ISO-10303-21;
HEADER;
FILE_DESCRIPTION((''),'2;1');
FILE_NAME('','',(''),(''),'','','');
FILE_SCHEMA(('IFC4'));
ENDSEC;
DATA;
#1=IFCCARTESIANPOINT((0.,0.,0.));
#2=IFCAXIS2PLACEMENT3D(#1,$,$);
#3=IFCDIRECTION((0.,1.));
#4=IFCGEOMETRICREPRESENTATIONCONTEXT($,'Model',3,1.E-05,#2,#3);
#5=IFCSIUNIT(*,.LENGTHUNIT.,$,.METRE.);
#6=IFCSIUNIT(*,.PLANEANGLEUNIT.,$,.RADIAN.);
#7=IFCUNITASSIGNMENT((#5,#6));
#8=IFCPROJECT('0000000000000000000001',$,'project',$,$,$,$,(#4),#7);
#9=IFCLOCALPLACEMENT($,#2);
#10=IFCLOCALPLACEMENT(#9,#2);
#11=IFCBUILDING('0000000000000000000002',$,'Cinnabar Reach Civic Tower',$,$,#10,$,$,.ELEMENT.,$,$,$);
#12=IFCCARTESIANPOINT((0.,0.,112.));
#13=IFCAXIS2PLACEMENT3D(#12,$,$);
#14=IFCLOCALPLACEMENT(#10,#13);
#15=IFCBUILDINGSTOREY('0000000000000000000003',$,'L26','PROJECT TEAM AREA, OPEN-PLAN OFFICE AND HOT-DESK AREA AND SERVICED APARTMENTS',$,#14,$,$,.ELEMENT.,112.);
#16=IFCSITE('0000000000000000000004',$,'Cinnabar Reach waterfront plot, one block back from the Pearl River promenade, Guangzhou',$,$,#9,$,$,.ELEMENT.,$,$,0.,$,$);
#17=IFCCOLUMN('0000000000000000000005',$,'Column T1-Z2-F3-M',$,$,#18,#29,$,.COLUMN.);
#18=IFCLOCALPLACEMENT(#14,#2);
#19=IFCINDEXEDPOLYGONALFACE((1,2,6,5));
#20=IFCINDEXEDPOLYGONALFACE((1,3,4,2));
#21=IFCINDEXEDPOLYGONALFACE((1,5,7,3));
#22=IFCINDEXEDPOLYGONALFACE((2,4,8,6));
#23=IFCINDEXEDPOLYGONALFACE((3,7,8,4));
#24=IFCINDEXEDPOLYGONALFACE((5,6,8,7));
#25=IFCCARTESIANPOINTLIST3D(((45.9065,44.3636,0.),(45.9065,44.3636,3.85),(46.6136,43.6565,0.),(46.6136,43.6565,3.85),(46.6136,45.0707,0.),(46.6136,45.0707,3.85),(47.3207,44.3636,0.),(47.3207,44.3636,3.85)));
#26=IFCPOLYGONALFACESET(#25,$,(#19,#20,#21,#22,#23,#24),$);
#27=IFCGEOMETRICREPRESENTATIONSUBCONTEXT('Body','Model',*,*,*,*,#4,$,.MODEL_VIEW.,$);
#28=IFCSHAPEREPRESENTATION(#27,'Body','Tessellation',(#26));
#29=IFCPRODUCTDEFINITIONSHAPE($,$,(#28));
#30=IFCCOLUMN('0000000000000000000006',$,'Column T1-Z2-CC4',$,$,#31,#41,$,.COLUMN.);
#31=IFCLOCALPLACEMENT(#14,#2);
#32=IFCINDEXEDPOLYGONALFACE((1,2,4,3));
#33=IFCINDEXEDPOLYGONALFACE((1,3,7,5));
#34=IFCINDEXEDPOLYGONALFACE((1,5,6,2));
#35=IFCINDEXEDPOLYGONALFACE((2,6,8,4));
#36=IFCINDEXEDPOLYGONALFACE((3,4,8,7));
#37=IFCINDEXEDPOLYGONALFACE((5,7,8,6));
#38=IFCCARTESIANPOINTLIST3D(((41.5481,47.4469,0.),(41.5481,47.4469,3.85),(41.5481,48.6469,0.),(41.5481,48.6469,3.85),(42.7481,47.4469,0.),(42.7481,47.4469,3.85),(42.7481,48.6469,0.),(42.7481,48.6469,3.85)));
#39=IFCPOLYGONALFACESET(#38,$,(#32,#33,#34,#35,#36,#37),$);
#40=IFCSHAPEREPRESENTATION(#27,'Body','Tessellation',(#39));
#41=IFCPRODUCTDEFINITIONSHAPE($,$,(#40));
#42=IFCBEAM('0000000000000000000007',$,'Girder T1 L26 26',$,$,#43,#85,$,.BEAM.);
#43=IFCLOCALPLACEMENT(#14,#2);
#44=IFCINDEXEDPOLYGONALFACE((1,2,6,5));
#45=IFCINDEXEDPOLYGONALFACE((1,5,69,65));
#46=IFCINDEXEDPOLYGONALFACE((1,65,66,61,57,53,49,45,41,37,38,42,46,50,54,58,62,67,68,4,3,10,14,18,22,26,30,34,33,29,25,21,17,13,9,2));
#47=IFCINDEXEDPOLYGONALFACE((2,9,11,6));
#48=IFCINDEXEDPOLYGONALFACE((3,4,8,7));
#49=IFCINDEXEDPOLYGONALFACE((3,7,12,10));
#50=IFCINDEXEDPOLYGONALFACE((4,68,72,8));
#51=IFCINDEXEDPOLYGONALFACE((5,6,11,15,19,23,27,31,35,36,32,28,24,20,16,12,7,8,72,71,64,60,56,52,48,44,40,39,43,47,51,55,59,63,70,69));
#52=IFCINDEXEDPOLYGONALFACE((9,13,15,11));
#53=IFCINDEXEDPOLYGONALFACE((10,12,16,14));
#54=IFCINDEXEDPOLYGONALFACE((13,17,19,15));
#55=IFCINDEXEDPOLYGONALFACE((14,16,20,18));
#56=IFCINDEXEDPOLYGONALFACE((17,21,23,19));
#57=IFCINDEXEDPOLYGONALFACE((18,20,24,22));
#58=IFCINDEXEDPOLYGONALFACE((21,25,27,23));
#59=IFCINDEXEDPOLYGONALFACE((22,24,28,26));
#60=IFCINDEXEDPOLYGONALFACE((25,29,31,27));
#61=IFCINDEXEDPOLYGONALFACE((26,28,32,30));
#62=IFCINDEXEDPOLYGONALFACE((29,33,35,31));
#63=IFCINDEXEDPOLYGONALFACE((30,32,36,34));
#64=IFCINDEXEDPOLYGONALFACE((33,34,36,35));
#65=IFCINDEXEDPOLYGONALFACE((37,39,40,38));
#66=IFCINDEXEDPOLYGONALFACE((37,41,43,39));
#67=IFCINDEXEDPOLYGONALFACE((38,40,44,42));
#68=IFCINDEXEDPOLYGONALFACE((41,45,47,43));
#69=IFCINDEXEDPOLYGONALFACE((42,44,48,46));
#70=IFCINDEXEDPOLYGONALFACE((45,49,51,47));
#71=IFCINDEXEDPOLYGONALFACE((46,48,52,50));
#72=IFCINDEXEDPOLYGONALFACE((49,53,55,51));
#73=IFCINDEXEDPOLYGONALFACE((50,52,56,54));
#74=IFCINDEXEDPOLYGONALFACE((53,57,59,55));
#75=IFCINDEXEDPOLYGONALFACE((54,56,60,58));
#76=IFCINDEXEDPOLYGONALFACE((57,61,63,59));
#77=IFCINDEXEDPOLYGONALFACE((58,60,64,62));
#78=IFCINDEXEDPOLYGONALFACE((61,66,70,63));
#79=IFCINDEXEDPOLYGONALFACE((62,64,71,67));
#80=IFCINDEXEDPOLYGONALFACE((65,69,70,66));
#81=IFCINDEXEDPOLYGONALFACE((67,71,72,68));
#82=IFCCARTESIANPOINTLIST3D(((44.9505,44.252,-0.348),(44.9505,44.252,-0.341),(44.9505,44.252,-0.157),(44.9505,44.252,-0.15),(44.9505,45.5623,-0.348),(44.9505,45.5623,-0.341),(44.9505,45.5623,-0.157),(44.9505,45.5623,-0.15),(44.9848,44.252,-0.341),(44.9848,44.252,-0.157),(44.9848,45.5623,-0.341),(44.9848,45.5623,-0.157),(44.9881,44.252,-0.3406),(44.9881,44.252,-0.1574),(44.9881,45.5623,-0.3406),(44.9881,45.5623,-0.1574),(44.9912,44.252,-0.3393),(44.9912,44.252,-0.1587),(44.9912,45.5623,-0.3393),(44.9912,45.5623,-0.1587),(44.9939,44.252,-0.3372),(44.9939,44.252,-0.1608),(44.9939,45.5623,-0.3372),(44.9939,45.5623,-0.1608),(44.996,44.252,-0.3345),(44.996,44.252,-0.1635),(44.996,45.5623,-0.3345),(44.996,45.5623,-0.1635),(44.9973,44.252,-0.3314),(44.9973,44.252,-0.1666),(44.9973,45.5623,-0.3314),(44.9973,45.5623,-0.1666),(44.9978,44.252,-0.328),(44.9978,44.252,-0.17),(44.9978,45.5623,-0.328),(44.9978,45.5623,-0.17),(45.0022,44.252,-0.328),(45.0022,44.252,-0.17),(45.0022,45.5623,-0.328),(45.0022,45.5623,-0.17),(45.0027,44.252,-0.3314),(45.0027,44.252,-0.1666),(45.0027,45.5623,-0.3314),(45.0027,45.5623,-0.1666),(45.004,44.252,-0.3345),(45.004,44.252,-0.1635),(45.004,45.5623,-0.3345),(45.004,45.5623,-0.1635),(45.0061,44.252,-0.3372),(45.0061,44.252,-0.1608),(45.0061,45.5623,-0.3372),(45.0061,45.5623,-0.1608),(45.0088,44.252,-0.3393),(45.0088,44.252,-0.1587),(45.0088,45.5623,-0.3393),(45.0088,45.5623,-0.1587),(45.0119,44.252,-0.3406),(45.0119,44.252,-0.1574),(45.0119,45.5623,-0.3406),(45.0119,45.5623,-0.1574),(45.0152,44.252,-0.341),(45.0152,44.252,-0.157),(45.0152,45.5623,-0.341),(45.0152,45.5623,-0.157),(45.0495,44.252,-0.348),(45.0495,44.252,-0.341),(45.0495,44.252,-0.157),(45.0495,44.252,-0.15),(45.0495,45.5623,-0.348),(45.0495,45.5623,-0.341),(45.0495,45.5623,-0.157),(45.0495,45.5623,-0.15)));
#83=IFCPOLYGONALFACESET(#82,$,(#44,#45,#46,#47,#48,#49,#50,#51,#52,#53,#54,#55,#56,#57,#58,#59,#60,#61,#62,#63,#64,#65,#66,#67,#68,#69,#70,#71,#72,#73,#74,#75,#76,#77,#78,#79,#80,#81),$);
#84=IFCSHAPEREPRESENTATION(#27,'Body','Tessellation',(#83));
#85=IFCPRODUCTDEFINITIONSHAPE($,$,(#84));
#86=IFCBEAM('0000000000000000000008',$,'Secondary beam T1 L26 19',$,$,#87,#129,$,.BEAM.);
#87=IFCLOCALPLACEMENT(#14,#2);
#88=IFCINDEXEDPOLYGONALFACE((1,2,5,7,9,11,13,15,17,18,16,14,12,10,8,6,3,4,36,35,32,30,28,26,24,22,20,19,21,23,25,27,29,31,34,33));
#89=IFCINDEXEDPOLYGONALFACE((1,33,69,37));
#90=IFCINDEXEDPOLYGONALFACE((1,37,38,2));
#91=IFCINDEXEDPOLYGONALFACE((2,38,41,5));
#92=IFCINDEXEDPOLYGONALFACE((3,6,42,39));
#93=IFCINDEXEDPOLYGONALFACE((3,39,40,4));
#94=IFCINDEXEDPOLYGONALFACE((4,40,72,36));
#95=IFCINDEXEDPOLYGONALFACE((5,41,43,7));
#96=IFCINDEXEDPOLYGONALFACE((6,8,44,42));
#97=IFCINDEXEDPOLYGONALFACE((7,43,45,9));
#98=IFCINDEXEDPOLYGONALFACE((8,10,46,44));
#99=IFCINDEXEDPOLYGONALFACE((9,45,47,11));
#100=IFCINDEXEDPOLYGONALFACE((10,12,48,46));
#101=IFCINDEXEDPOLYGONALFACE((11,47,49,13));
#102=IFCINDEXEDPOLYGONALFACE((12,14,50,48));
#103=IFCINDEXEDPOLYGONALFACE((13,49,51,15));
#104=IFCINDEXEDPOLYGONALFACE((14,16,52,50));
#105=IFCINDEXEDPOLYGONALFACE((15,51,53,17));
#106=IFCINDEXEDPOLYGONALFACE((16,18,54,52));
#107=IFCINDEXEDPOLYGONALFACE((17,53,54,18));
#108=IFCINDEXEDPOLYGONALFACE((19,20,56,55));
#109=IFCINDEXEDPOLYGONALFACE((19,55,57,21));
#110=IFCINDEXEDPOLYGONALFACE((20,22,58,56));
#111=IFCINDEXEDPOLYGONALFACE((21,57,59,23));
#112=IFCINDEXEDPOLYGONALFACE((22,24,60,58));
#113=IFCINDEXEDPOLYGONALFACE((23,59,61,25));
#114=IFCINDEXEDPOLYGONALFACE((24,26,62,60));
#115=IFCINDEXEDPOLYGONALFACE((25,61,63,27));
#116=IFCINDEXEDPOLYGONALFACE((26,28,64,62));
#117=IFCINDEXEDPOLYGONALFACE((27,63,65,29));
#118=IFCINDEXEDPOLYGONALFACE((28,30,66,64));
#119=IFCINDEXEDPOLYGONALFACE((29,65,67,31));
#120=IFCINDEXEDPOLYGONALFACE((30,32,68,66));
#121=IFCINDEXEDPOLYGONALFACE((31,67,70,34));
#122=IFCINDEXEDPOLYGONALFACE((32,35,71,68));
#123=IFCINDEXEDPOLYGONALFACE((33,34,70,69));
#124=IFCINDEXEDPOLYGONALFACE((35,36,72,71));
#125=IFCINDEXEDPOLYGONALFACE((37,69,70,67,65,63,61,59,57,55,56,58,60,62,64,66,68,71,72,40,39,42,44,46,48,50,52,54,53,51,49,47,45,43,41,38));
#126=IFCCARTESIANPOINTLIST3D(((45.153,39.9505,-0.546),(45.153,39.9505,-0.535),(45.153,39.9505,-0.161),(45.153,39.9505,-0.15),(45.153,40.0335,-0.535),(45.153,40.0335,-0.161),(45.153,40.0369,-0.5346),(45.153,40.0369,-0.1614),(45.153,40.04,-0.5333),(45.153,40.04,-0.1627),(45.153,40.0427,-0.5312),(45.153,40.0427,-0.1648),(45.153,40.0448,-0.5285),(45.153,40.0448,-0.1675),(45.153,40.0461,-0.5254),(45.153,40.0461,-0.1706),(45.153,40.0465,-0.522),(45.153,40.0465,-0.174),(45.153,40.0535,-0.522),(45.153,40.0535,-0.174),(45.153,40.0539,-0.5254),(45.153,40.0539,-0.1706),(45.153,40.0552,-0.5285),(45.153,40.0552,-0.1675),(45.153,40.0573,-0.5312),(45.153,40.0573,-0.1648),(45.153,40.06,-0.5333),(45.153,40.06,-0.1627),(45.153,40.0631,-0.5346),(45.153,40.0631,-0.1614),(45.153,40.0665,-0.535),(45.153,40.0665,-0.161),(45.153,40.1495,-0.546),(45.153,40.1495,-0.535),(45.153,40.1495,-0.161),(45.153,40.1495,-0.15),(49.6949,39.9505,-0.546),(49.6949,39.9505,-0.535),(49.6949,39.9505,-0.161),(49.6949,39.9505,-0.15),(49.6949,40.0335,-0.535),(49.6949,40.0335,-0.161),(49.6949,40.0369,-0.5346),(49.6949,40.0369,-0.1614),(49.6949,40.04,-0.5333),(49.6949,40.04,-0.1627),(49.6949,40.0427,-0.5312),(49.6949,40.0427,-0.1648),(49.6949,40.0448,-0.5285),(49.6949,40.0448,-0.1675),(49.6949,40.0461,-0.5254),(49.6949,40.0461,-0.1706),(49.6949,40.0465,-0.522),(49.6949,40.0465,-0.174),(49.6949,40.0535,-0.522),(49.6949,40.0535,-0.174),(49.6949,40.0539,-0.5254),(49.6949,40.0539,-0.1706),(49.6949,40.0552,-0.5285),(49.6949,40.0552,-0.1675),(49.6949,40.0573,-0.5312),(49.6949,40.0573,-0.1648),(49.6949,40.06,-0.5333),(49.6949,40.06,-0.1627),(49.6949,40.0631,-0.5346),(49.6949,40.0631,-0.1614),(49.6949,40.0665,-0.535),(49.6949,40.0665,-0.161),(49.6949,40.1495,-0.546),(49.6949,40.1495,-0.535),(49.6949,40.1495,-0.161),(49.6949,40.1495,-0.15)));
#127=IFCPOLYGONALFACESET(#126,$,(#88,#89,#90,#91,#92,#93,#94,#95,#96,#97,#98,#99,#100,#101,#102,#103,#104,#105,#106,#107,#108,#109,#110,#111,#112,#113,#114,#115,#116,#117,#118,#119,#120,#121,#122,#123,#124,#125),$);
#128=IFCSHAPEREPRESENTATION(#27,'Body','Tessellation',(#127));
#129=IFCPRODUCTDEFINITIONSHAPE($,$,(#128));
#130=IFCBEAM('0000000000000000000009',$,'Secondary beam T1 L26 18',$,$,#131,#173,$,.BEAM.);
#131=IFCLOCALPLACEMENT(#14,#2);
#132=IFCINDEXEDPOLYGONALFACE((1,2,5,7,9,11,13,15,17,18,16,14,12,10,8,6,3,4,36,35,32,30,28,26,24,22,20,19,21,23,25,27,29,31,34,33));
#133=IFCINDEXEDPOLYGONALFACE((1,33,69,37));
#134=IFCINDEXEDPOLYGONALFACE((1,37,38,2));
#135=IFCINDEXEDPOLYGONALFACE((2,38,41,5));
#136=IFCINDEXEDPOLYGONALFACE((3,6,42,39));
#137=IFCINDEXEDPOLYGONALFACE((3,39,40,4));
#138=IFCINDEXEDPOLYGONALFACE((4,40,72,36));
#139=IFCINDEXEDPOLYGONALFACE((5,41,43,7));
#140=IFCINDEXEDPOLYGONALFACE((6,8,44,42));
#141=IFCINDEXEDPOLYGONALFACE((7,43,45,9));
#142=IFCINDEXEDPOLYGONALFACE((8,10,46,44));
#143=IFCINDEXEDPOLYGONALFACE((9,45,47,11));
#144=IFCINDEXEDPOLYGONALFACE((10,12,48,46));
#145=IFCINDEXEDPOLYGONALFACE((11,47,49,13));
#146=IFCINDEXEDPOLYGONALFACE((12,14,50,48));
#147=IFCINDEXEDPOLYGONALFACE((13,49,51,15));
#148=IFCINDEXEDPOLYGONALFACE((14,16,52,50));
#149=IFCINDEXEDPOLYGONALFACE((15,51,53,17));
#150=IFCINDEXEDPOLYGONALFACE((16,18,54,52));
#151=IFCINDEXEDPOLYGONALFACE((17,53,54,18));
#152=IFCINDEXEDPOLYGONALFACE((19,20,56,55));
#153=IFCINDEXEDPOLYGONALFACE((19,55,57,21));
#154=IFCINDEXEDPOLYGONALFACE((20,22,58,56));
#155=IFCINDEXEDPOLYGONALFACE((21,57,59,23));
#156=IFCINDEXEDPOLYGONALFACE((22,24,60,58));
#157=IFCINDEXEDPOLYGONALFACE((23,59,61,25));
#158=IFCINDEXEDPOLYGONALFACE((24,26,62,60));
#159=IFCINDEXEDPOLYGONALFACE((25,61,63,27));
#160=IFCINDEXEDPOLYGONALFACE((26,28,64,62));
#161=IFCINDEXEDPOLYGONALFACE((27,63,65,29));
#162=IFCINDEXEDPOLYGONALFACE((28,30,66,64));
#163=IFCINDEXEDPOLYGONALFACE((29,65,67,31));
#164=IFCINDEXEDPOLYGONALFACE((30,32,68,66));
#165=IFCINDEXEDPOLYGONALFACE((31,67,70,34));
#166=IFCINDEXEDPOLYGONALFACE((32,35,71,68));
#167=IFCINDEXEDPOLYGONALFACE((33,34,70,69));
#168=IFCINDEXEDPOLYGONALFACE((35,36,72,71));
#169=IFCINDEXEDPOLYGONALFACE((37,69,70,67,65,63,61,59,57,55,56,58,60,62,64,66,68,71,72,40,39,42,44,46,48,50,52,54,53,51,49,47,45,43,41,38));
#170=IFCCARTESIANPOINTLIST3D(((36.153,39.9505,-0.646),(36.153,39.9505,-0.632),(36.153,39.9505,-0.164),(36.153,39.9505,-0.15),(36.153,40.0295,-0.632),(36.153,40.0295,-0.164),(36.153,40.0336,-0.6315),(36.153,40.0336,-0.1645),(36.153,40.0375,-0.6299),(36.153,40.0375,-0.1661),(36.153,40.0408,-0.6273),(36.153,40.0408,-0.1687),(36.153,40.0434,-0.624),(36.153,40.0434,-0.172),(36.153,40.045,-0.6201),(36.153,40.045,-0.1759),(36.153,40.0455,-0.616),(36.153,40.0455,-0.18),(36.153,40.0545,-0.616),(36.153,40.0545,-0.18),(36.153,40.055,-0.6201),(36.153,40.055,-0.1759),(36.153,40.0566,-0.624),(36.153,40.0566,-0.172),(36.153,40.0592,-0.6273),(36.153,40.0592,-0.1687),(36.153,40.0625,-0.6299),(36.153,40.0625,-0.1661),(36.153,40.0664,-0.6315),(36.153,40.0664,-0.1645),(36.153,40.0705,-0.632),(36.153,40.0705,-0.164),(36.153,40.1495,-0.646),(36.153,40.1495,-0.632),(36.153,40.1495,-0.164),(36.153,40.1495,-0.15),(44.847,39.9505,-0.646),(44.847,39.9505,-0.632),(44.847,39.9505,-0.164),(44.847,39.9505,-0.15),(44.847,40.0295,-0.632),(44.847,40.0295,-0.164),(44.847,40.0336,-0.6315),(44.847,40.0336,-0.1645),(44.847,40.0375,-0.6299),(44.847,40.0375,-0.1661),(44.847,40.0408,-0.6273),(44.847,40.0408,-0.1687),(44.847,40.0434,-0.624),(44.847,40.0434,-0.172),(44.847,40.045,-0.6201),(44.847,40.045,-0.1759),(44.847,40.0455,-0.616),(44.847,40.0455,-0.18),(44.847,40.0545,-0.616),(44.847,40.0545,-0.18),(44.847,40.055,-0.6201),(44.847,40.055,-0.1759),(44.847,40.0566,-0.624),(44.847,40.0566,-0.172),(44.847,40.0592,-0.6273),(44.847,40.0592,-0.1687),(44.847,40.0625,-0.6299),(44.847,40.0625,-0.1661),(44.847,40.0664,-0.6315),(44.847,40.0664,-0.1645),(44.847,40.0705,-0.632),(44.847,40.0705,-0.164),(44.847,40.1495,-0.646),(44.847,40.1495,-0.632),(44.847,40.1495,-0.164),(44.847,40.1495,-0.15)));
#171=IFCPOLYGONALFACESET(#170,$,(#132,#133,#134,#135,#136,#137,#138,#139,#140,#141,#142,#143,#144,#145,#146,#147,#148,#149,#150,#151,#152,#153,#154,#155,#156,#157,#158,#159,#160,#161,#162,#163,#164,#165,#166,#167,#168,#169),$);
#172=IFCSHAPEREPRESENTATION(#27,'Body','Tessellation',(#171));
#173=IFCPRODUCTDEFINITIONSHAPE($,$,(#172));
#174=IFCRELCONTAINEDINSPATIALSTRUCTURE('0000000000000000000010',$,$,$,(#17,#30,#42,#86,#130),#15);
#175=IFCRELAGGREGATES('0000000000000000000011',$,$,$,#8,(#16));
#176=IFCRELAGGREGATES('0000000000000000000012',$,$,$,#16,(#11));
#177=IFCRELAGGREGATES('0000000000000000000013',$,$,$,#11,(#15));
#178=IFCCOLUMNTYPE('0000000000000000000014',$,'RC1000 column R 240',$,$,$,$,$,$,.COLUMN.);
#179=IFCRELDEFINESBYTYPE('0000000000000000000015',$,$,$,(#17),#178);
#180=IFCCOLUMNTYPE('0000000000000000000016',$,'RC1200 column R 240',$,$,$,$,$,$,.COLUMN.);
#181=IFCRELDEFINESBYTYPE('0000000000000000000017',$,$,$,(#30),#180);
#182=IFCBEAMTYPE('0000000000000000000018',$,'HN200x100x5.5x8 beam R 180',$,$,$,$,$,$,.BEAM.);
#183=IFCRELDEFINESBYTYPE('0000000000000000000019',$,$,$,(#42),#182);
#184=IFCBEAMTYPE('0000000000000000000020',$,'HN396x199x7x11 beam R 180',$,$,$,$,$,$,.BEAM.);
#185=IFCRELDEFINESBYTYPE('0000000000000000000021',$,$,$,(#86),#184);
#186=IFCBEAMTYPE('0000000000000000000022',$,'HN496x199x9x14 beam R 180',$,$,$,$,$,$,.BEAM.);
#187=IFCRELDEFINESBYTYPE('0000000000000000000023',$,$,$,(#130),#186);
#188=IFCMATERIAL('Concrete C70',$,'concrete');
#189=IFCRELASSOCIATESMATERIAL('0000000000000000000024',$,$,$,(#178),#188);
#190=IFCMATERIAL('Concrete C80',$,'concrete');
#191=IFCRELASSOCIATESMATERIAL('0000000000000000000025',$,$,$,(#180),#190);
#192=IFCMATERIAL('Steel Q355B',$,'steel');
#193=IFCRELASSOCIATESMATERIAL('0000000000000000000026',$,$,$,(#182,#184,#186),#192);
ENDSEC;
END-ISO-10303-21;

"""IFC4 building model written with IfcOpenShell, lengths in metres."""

from ifc_helpers import new_model, si_unit, direction, frame, origin, origin_2d, place, context, subcontext, project, spatial, rectangle, i_section, extrude, material, material_profile, profile_set, type_object, element, save


model = new_model("IFC4")

# Units and contexts
model_context = context("Model", 3, precision=1e-05, world=origin(), true_north=direction((0.0, 1.0)))
body_context = subcontext(model_context, "Body", "Model", "MODEL_VIEW")
ifc_project = project(units=[si_unit("LENGTHUNIT", "METRE"), si_unit("PLANEANGLEUNIT", "RADIAN")], contexts=[model_context])

# Site, building, storey
site_placement = place(None, origin())
site = spatial("IfcSite", under=ifc_project, at=site_placement, Name="Cinnabar Reach waterfront plot, one block back from the Pearl River promenade, Guangzhou", CompositionType="ELEMENT", RefElevation=0.0)
building_placement = place(site_placement, origin())
building = spatial("IfcBuilding", under=site, at=building_placement, Name="Cinnabar Reach Civic Tower", CompositionType="ELEMENT")
storey_placement = place(building_placement, frame((0.0, 0.0, 112.0)))
storey = spatial("IfcBuildingStorey", under=building, at=storey_placement, Name="L26", Description="PROJECT TEAM AREA, OPEN-PLAN OFFICE AND HOT-DESK AREA AND SERVICED APARTMENTS", CompositionType="ELEMENT", Elevation=112.0)

# Columns
ifc_material_1 = material(Name="Concrete C70", Category="concrete")
ifc_material_profile_1 = material_profile(ifc_material_1, rectangle(XDim=1.0, YDim=1.0, at=origin_2d()), Name="RC1000")
ifc_profile_set_1 = profile_set([ifc_material_profile_1], Name="Concrete C70")
column_type_1 = type_object("IfcColumnType", Name="RC1000 column R 240", PredefinedType="COLUMN", material=ifc_profile_set_1)
column_1_placement = place(storey_placement, frame((46.6136, 44.3636, 0.0), z_axis=(0.0, 0.0, 1.0), x_axis=(0.707107, 0.707107, 0.0)))
element("IfcColumn", 1, at=column_1_placement, inside=storey, type_object=column_type_1, Name="Column T1-Z2-F3-M", PredefinedType="COLUMN", context=body_context, shape_type="SweptSolid", body=[
    extrude(rectangle(XDim=1.0, YDim=1.0, at=origin_2d()), origin(), (0.0, 0.0, 1.0), 3.85),
])
ifc_material_2 = material(Name="Concrete C80", Category="concrete")
ifc_material_profile_2 = material_profile(ifc_material_2, rectangle(XDim=1.2, YDim=1.2, at=origin_2d()), Name="RC1200")
ifc_profile_set_2 = profile_set([ifc_material_profile_2], Name="Concrete C80")
column_type_2 = type_object("IfcColumnType", Name="RC1200 column R 240", PredefinedType="COLUMN", material=ifc_profile_set_2)
column_2_placement = place(storey_placement, frame((42.1481, 48.0469, 0.0), z_axis=(0.0, 0.0, 1.0), x_axis=(1.0, 0.0, 0.0)))
element("IfcColumn", 2, at=column_2_placement, inside=storey, type_object=column_type_2, Name="Column T1-Z2-CC4", PredefinedType="COLUMN", context=body_context, shape_type="SweptSolid", body=[
    extrude(rectangle(XDim=1.2, YDim=1.2, at=origin_2d()), origin(), (0.0, 0.0, 1.0), 3.85),
])

# Beams
ifc_material_3 = material(Name="Steel Q355B", Category="steel")
ifc_material_profile_3 = material_profile(ifc_material_3, i_section(OverallWidth=0.099, OverallDepth=0.198, WebThickness=0.0045, FlangeThickness=0.007, FilletRadius=0.013, at=origin_2d()), Name="HN200x100x5.5x8")
ifc_profile_set_3 = profile_set([ifc_material_profile_3], Name="Steel Q355B")
beam_type_1 = type_object("IfcBeamType", Name="HN200x100x5.5x8 beam R 180", PredefinedType="BEAM", material=ifc_profile_set_3)
beam_1_placement = place(storey_placement, frame((45.0, 44.252, -0.249), z_axis=(0.0, 1.0, 0.0), x_axis=(-1.0, 0.0, 0.0)))
element("IfcBeam", 3, at=beam_1_placement, inside=storey, type_object=beam_type_1, Name="Girder T1 L26 26", PredefinedType="BEAM", context=body_context, shape_type="SweptSolid", body=[
    extrude(i_section(OverallWidth=0.099, OverallDepth=0.198, WebThickness=0.0045, FlangeThickness=0.007, FilletRadius=0.013, at=origin_2d()), origin(), (0.0, 0.0, 1.0), 1.3103),
])
ifc_material_profile_4 = material_profile(ifc_material_3, i_section(OverallWidth=0.199, OverallDepth=0.396, WebThickness=0.007, FlangeThickness=0.011, FilletRadius=0.013, at=origin_2d()), Name="HN396x199x7x11")
ifc_profile_set_4 = profile_set([ifc_material_profile_4], Name="Steel Q355B")
beam_type_2 = type_object("IfcBeamType", Name="HN396x199x7x11 beam R 180", PredefinedType="BEAM", material=ifc_profile_set_4)
beam_2_placement = place(storey_placement, frame((45.153, 40.05, -0.348), z_axis=(1.0, 0.0, 0.0), x_axis=(0.0, 1.0, 0.0)))
element("IfcBeam", 4, at=beam_2_placement, inside=storey, type_object=beam_type_2, Name="Secondary beam T1 L26 19", PredefinedType="BEAM", context=body_context, shape_type="SweptSolid", body=[
    extrude(i_section(OverallWidth=0.199, OverallDepth=0.396, WebThickness=0.007, FlangeThickness=0.011, FilletRadius=0.013, at=origin_2d()), origin(), (0.0, 0.0, 1.0), 4.5419),
])
ifc_material_profile_5 = material_profile(ifc_material_3, i_section(OverallWidth=0.199, OverallDepth=0.496, WebThickness=0.009, FlangeThickness=0.014, FilletRadius=0.016, at=origin_2d()), Name="HN496x199x9x14")
ifc_profile_set_5 = profile_set([ifc_material_profile_5], Name="Steel Q355B")
beam_type_3 = type_object("IfcBeamType", Name="HN496x199x9x14 beam R 180", PredefinedType="BEAM", material=ifc_profile_set_5)
beam_3_placement = place(storey_placement, frame((36.153, 40.05, -0.398), z_axis=(1.0, 0.0, 0.0), x_axis=(0.0, 1.0, 0.0)))
element("IfcBeam", 5, at=beam_3_placement, inside=storey, type_object=beam_type_3, Name="Secondary beam T1 L26 18", PredefinedType="BEAM", context=body_context, shape_type="SweptSolid", body=[
    extrude(i_section(OverallWidth=0.199, OverallDepth=0.496, WebThickness=0.009, FlangeThickness=0.014, FilletRadius=0.016, at=origin_2d()), origin(), (0.0, 0.0, 1.0), 8.694),
])

save(model, "model.ifc")
